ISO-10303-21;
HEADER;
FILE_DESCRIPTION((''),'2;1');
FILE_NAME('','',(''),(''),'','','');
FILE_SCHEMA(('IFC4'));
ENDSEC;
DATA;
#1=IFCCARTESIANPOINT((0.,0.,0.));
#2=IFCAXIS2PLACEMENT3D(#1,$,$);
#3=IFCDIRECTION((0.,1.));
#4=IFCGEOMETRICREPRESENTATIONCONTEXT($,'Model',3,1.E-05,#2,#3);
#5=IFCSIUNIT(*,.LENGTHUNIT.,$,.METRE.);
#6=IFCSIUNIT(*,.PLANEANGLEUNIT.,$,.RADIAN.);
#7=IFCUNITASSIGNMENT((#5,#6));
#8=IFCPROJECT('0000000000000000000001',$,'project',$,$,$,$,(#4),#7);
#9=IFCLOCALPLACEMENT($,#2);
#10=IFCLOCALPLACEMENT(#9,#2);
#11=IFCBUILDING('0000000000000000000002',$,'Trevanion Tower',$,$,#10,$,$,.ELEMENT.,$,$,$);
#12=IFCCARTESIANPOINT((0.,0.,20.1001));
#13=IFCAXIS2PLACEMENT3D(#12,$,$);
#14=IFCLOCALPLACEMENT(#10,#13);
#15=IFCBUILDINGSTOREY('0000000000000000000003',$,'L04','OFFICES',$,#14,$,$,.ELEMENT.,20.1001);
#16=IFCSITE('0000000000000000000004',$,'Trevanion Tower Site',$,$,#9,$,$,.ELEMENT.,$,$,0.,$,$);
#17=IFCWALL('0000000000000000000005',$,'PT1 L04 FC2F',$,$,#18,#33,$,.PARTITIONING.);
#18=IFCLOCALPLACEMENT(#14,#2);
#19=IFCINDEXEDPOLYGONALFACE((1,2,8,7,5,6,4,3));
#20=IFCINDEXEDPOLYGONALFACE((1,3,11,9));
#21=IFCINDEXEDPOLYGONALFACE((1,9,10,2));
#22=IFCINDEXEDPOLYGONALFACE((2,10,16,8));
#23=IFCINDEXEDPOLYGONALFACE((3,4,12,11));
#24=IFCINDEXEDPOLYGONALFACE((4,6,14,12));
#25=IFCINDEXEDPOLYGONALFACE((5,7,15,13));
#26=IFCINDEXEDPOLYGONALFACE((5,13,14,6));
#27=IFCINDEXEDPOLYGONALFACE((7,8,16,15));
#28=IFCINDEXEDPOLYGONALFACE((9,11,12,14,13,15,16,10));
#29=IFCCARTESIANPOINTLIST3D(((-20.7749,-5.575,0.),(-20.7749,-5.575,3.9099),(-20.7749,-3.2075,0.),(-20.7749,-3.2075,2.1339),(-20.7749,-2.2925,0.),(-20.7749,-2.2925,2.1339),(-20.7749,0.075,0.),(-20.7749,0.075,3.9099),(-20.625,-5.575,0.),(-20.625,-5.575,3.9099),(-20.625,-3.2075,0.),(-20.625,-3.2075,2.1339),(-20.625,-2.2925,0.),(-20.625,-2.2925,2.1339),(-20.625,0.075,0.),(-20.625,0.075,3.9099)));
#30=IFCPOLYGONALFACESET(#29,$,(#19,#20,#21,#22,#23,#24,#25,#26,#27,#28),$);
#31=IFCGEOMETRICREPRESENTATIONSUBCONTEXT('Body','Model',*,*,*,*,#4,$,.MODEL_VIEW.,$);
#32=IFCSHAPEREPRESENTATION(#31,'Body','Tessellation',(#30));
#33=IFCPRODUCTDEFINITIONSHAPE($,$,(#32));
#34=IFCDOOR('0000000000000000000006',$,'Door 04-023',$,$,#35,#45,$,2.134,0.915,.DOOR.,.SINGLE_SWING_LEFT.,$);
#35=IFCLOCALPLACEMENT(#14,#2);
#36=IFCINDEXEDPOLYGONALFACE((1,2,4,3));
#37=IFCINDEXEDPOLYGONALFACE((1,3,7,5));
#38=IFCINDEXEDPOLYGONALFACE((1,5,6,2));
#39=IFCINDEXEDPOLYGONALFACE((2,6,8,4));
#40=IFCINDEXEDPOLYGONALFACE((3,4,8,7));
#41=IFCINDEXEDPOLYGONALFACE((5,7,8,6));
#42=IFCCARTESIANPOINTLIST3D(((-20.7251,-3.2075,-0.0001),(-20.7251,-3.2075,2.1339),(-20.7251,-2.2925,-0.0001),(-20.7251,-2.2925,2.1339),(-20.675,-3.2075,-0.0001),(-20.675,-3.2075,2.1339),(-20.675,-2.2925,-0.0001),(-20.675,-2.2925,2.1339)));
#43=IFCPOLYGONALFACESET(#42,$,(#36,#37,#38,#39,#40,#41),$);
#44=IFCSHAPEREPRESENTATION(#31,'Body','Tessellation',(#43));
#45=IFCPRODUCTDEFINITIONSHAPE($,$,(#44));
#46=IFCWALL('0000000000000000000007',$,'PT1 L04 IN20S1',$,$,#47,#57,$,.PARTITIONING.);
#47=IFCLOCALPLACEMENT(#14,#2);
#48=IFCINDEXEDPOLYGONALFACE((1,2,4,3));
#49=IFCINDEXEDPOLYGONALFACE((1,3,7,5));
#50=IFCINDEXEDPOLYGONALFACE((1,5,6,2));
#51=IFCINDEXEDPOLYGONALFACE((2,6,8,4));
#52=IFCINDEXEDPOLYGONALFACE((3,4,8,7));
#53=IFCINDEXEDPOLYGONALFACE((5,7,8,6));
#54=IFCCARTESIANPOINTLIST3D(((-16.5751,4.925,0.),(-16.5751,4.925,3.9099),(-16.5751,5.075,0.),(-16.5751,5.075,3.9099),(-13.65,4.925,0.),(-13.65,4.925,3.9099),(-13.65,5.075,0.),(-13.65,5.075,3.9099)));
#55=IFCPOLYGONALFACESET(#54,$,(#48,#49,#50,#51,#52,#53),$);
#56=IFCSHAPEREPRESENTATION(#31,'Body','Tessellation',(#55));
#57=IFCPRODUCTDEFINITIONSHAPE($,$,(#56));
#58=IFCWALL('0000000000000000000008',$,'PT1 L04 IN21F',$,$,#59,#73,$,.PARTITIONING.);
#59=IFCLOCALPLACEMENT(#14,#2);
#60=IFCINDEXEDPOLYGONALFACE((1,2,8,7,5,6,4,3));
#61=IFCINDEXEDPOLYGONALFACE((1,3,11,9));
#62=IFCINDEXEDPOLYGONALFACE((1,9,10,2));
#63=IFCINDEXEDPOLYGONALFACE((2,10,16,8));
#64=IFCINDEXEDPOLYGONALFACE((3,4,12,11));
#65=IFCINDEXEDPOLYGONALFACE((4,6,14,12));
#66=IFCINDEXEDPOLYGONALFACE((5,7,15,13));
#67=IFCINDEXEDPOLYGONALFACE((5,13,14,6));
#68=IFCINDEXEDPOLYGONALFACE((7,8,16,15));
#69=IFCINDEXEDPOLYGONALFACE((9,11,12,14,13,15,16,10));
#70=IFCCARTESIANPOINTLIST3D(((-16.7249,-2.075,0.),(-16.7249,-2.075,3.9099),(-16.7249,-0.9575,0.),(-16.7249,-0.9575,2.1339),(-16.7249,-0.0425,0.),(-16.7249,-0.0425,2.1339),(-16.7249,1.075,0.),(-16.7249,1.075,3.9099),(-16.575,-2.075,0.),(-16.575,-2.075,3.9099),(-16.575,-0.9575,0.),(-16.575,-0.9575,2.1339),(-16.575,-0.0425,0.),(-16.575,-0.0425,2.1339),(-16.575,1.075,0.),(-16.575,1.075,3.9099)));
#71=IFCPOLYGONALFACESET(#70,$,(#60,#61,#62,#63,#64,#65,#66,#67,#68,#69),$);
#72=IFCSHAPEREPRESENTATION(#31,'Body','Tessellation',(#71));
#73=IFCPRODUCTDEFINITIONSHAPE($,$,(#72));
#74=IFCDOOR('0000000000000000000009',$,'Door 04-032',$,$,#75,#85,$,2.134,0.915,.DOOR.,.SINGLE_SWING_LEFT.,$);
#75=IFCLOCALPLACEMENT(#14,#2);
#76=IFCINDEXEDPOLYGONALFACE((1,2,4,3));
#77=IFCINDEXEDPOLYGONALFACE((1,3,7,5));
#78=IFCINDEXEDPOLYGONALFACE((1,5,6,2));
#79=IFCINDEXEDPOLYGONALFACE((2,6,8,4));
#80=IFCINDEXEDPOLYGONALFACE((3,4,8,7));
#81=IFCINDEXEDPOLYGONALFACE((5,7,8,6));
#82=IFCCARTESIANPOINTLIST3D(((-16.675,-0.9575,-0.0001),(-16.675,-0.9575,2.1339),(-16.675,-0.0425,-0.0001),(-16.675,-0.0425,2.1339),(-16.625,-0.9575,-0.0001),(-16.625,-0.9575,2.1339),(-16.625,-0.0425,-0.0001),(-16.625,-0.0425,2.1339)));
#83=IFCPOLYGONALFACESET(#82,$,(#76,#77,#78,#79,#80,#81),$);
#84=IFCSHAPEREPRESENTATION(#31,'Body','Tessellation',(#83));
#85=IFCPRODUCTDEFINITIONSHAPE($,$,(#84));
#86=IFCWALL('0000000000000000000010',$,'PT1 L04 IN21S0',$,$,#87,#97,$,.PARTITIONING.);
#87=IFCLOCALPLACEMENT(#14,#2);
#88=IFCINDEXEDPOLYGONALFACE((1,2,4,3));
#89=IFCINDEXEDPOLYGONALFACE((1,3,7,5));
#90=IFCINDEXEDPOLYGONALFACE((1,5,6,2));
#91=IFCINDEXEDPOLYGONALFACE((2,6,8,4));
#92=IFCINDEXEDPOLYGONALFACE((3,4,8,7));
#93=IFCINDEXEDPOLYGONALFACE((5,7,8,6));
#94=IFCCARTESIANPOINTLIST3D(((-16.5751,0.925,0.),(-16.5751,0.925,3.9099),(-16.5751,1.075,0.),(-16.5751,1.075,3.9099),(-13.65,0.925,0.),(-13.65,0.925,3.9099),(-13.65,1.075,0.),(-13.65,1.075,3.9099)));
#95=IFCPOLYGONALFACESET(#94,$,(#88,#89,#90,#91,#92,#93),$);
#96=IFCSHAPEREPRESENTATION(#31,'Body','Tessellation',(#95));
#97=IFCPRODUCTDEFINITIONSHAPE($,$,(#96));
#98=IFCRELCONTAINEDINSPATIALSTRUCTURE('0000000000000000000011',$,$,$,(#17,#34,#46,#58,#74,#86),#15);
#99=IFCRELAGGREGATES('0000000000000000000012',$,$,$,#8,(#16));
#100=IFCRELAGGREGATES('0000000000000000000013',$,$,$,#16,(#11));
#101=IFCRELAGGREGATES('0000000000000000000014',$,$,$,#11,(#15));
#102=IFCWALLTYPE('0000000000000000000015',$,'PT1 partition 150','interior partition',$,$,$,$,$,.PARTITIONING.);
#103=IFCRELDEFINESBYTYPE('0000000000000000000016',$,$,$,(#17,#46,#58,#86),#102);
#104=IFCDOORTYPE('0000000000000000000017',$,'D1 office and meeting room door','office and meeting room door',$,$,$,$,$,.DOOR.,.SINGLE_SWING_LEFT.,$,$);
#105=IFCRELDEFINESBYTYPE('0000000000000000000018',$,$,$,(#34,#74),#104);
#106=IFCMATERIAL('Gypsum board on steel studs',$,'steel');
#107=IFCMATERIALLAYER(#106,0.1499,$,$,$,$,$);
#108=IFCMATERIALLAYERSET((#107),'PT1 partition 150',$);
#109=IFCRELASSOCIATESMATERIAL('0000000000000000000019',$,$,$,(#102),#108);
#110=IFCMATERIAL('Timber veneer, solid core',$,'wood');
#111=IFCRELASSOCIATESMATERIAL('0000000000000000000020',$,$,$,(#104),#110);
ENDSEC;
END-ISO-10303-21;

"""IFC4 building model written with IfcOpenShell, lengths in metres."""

from ifc_helpers import new_model, si_unit, direction, frame, frame_2d, origin, place, context, subcontext, project, spatial, rectangle, extrude, material, layer, layer_set, type_object, element, fill, save


model = new_model("IFC4")

# Units and contexts
model_context = context("Model", 3, precision=1e-05, world=origin(), true_north=direction((0.0, 1.0)))
body_context = subcontext(model_context, "Body", "Model", "MODEL_VIEW")
ifc_project = project(units=[si_unit("LENGTHUNIT", "METRE"), si_unit("PLANEANGLEUNIT", "RADIAN")], contexts=[model_context])

# Site, building, storey
site_placement = place(None, origin())
site = spatial("IfcSite", under=ifc_project, at=site_placement, Name="Trevanion Tower Site", CompositionType="ELEMENT", RefElevation=0.0)
building_placement = place(site_placement, origin())
building = spatial("IfcBuilding", under=site, at=building_placement, Name="Trevanion Tower", CompositionType="ELEMENT")
storey_placement = place(building_placement, frame((0.0, 0.0, 20.1001)))
storey = spatial("IfcBuildingStorey", under=building, at=storey_placement, Name="L04", Description="OFFICES", CompositionType="ELEMENT", Elevation=20.1001)

# Wall, opening, door
ifc_material_1 = material(Name="Gypsum board on steel studs", Category="steel")
ifc_layer_1 = layer(ifc_material_1, 0.1499)
ifc_layer_set_1 = layer_set([ifc_layer_1], Name="PT1 partition 150")
wall_type = type_object("IfcWallType", Name="PT1 partition 150", Description="interior partition", PredefinedType="PARTITIONING", material=ifc_layer_set_1)
wall_1_placement = place(storey_placement, frame((-20.7, 0.075, 0.0), z_axis=(0.0, 0.0, 1.0), x_axis=(0.0, -1.0, 0.0)))
wall_1 = element("IfcWall", 1, at=wall_1_placement, inside=storey, type_object=wall_type, Name="PT1 L04 FC2F", PredefinedType="PARTITIONING", context=body_context, shape_type="SweptSolid", body=[
    extrude(rectangle(XDim=5.6499, YDim=0.1499, at=frame_2d((2.825, 0.0))), origin(), (0.0, 0.0, 1.0), 3.9099),
])
opening_1_placement = place(wall_1_placement, frame((2.3674, 0.0, 0.0)))
opening_1 = element("IfcOpeningElement", 2, at=opening_1_placement, cuts=wall_1, PredefinedType="OPENING", context=body_context, shape_type="SweptSolid", body=[
    extrude(rectangle(XDim=0.915, YDim=2.134, at=frame_2d((0.4575, 1.0669))), frame((0.0, 0.085, 0.0), z_axis=(0.0, -1.0, 0.0), x_axis=(1.0, 0.0, 0.0)), (0.0, 0.0, 1.0), 0.1699),
])
ifc_material_2 = material(Name="Timber veneer, solid core", Category="wood")
door_type = type_object("IfcDoorType", Name="D1 office and meeting room door", Description="office and meeting room door", OperationType="SINGLE_SWING_LEFT", PredefinedType="DOOR", material=ifc_material_2)
door_1_placement = place(opening_1_placement, origin())
door_1 = element("IfcDoor", 3, at=door_1_placement, inside=storey, type_object=door_type, Name="Door 04-023", OperationType="SINGLE_SWING_LEFT", OverallHeight=2.134, OverallWidth=0.915, PredefinedType="DOOR", context=body_context, shape_type="SweptSolid", body=[
    extrude(rectangle(XDim=0.915, YDim=2.134, at=frame_2d((0.4575, 1.0669))), frame((0.0, 0.0249, 0.0), z_axis=(0.0, -1.0, 0.0), x_axis=(1.0, 0.0, 0.0)), (0.0, 0.0, 1.0), 0.05),
])
fill(opening_1, door_1)

# Wall
wall_2_placement = place(storey_placement, frame((-16.575, 5.0, 0.0), z_axis=(0.0, 0.0, 1.0), x_axis=(1.0, 0.0, 0.0)))
element("IfcWall", 4, at=wall_2_placement, inside=storey, type_object=wall_type, Name="PT1 L04 IN20S1", PredefinedType="PARTITIONING", context=body_context, shape_type="SweptSolid", body=[
    extrude(rectangle(XDim=2.925, YDim=0.1499, at=frame_2d((1.4624, 0.0))), origin(), (0.0, 0.0, 1.0), 3.9099),
])

# Wall, opening, door
wall_3_placement = place(storey_placement, frame((-16.6499, 1.075, 0.0), z_axis=(0.0, 0.0, 1.0), x_axis=(0.0, -1.0, 0.0)))
wall_3 = element("IfcWall", 5, at=wall_3_placement, inside=storey, type_object=wall_type, Name="PT1 L04 IN21F", PredefinedType="PARTITIONING", context=body_context, shape_type="SweptSolid", body=[
    extrude(rectangle(XDim=3.1499, YDim=0.1499, at=frame_2d((1.575, 0.0))), origin(), (0.0, 0.0, 1.0), 3.9099),
])
opening_2_placement = place(wall_3_placement, frame((1.1174, 0.0, 0.0)))
opening_2 = element("IfcOpeningElement", 6, at=opening_2_placement, cuts=wall_3, PredefinedType="OPENING", context=body_context, shape_type="SweptSolid", body=[
    extrude(rectangle(XDim=0.915, YDim=2.134, at=frame_2d((0.4575, 1.0669))), frame((0.0, 0.085, 0.0), z_axis=(0.0, -1.0, 0.0), x_axis=(1.0, 0.0, 0.0)), (0.0, 0.0, 1.0), 0.1699),
])
door_2_placement = place(opening_2_placement, origin())
door_2 = element("IfcDoor", 7, at=door_2_placement, inside=storey, type_object=door_type, Name="Door 04-032", OperationType="SINGLE_SWING_LEFT", OverallHeight=2.134, OverallWidth=0.915, PredefinedType="DOOR", context=body_context, shape_type="SweptSolid", body=[
    extrude(rectangle(XDim=0.915, YDim=2.134, at=frame_2d((0.4575, 1.0669))), frame((0.0, 0.0249, 0.0), z_axis=(0.0, -1.0, 0.0), x_axis=(1.0, 0.0, 0.0)), (0.0, 0.0, 1.0), 0.05),
])
fill(opening_2, door_2)

# Wall
wall_4_placement = place(storey_placement, frame((-16.575, 1.0, 0.0), z_axis=(0.0, 0.0, 1.0), x_axis=(1.0, 0.0, 0.0)))
element("IfcWall", 8, at=wall_4_placement, inside=storey, type_object=wall_type, Name="PT1 L04 IN21S0", PredefinedType="PARTITIONING", context=body_context, shape_type="SweptSolid", body=[
    extrude(rectangle(XDim=2.925, YDim=0.1499, at=frame_2d((1.4624, 0.0))), origin(), (0.0, 0.0, 1.0), 3.9099),
])

save(model, "model.ifc")
